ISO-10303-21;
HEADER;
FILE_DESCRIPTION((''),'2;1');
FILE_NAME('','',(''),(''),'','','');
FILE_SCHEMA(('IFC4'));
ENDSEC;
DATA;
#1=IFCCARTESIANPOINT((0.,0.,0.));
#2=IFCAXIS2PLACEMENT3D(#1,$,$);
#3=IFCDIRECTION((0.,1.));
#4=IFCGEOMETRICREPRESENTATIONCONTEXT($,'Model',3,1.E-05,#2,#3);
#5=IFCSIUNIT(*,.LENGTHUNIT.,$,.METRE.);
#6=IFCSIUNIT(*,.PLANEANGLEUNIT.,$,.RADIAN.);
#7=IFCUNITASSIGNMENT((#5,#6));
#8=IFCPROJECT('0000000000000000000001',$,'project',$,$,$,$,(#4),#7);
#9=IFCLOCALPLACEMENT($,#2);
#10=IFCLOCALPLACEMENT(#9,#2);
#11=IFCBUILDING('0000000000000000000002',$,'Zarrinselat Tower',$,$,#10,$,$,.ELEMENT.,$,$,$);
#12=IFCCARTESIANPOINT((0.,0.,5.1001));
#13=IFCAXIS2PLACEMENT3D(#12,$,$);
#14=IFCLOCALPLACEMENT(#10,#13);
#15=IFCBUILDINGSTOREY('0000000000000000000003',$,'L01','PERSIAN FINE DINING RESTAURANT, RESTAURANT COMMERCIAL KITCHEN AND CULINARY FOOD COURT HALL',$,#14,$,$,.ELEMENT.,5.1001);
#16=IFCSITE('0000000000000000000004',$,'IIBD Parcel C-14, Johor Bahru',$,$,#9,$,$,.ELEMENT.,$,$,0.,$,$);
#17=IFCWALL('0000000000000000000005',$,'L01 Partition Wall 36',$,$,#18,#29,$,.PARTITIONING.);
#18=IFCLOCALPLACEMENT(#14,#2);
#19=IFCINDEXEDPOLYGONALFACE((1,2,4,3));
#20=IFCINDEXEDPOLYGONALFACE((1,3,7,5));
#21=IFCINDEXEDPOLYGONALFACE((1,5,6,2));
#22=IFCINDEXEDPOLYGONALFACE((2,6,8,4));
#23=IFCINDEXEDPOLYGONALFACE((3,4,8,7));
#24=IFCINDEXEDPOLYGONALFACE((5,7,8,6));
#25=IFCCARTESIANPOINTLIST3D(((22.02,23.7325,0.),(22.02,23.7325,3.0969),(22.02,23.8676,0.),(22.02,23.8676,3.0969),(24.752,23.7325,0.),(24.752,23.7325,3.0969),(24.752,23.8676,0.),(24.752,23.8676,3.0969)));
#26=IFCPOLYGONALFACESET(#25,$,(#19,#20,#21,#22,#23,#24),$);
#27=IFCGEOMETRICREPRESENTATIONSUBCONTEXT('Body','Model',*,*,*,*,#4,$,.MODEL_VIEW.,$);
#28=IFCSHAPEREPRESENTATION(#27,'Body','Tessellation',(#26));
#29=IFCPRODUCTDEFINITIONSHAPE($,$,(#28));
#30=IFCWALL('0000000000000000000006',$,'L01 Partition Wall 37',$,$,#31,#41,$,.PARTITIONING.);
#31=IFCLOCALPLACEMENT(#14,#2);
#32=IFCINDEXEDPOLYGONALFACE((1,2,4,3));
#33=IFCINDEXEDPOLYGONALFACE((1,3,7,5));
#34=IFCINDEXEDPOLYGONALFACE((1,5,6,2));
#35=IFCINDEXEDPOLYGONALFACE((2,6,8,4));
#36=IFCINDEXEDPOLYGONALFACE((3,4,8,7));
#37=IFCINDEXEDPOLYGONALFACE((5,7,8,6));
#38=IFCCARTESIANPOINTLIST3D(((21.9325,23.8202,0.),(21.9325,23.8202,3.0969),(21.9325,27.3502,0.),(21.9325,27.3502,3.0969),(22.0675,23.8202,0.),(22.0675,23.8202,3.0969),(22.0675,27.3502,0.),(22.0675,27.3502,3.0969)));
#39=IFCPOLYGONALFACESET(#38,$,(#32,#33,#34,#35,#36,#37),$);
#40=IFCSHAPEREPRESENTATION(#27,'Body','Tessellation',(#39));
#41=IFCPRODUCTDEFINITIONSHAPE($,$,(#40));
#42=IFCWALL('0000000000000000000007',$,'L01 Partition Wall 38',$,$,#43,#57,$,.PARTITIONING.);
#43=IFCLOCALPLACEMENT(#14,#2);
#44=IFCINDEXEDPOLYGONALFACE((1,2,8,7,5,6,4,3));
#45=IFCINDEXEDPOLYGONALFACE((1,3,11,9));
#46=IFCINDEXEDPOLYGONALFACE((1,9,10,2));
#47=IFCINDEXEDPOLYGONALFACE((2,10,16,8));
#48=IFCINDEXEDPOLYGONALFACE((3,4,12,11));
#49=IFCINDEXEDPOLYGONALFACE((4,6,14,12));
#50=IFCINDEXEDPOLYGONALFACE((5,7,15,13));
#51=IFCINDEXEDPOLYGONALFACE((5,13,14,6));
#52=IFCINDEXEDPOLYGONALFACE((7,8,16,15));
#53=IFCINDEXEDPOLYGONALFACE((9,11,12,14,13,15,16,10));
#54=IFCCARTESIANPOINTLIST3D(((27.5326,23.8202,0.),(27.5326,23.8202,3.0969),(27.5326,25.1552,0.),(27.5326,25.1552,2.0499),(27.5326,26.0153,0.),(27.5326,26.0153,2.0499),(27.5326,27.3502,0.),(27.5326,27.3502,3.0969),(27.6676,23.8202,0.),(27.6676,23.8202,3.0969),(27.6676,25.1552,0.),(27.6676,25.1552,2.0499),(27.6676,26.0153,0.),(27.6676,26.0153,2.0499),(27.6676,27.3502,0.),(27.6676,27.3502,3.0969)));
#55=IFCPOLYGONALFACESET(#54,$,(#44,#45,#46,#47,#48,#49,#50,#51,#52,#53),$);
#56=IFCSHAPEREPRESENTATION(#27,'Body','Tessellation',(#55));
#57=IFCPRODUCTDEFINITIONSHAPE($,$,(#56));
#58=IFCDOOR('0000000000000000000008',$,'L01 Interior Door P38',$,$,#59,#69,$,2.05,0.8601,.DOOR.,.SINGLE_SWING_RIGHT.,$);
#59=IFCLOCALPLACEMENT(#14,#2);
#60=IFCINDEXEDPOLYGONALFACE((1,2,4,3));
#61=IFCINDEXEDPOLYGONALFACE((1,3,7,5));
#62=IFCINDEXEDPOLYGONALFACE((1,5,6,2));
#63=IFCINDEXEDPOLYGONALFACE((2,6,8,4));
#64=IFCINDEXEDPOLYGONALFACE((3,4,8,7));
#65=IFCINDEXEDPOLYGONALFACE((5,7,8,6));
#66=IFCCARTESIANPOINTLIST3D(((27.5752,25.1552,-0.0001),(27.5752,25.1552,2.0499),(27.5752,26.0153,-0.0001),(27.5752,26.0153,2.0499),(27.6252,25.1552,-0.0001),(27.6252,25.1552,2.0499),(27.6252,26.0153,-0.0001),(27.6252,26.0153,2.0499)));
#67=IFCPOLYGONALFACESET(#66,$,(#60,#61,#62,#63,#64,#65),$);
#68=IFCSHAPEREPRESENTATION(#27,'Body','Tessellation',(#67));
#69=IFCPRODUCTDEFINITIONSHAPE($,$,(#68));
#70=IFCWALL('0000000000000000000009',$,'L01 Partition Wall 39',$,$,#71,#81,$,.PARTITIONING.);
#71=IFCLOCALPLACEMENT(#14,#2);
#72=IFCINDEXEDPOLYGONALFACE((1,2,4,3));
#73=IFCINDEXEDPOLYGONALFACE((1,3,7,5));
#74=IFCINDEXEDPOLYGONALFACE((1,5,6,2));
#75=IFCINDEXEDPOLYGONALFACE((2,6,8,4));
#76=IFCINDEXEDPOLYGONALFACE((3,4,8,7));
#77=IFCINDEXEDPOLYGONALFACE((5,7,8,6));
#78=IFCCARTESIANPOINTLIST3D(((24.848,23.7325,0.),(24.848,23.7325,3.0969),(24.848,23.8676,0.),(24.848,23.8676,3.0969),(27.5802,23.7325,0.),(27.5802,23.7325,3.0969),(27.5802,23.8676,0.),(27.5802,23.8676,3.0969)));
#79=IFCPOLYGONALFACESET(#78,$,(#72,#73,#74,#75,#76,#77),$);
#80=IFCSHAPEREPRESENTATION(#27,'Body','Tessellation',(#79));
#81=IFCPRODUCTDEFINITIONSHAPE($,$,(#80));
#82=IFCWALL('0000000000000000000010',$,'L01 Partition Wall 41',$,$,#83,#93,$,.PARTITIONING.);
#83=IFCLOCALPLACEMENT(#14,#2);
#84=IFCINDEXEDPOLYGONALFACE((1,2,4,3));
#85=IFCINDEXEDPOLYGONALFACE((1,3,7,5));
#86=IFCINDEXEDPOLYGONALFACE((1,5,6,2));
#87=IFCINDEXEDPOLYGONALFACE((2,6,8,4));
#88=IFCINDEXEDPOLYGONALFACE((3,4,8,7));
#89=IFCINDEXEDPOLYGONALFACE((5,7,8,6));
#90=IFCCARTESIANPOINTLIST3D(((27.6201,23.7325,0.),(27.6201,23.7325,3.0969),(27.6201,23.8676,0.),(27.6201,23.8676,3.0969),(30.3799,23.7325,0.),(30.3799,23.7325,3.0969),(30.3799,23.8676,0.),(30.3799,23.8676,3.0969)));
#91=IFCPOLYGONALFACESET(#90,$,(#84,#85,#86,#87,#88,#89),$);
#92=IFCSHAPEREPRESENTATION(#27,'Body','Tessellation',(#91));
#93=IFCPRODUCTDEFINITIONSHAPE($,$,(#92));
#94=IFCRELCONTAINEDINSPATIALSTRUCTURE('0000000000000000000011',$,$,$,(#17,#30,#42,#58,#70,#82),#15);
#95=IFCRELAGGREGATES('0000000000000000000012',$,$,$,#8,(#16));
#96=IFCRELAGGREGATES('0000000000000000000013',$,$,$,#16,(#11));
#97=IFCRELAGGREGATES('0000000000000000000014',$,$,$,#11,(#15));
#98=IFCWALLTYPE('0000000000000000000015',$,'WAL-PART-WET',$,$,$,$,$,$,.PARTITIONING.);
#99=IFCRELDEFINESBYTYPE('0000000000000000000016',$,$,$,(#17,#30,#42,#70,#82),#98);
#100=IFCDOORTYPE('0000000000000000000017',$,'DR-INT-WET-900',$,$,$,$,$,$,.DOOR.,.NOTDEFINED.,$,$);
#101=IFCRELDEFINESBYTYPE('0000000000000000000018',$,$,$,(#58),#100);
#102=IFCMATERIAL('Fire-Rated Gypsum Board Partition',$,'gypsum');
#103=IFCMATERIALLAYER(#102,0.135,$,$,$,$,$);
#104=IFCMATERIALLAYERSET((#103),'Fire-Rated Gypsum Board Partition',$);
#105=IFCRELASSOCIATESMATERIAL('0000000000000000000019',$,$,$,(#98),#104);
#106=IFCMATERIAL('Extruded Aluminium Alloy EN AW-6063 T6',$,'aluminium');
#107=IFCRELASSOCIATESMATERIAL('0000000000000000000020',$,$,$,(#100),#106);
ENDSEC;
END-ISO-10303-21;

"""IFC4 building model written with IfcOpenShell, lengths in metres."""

from ifc_helpers import new_model, si_unit, direction, frame, frame_2d, origin, place, context, subcontext, project, spatial, rectangle, extrude, material, layer, layer_set, type_object, element, fill, save


model = new_model("IFC4")

# Units and contexts
model_context = context("Model", 3, precision=1e-05, world=origin(), true_north=direction((0.0, 1.0)))
body_context = subcontext(model_context, "Body", "Model", "MODEL_VIEW")
ifc_project = project(units=[si_unit("LENGTHUNIT", "METRE"), si_unit("PLANEANGLEUNIT", "RADIAN")], contexts=[model_context])

# Site, building, storey
site_placement = place(None, origin())
site = spatial("IfcSite", under=ifc_project, at=site_placement, Name="IIBD Parcel C-14, Johor Bahru", CompositionType="ELEMENT", RefElevation=0.0)
building_placement = place(site_placement, origin())
building = spatial("IfcBuilding", under=site, at=building_placement, Name="Zarrinselat Tower", CompositionType="ELEMENT")
storey_placement = place(building_placement, frame((0.0, 0.0, 5.1001)))
storey = spatial("IfcBuildingStorey", under=building, at=storey_placement, Name="L01", Description="PERSIAN FINE DINING RESTAURANT, RESTAURANT COMMERCIAL KITCHEN AND CULINARY FOOD COURT HALL", CompositionType="ELEMENT", Elevation=5.1001)

# Walls
ifc_material_1 = material(Name="Fire-Rated Gypsum Board Partition", Category="gypsum")
ifc_layer_1 = layer(ifc_material_1, 0.135)
ifc_layer_set_1 = layer_set([ifc_layer_1], Name="Fire-Rated Gypsum Board Partition")
wall_type_1 = type_object("IfcWallType", Name="WAL-PART-WET", PredefinedType="PARTITIONING", material=ifc_layer_set_1)
wall_1_placement = place(storey_placement, frame((22.02, 23.8, 0.0), z_axis=(0.0, 0.0, 1.0), x_axis=(1.0, 0.0, 0.0)))
element("IfcWall", 1, at=wall_1_placement, inside=storey, type_object=wall_type_1, Name="L01 Partition Wall 36", PredefinedType="PARTITIONING", context=body_context, shape_type="SweptSolid", body=[
    extrude(rectangle(XDim=2.7319, YDim=0.135, at=frame_2d((1.366, 0.0))), origin(), (0.0, 0.0, 1.0), 3.0969),
])
wall_2_placement = place(storey_placement, frame((22.0, 23.8201, 0.0), z_axis=(0.0, 0.0, 1.0), x_axis=(0.0, 1.0, 0.0)))
element("IfcWall", 2, at=wall_2_placement, inside=storey, type_object=wall_type_1, Name="L01 Partition Wall 37", PredefinedType="PARTITIONING", context=body_context, shape_type="SweptSolid", body=[
    extrude(rectangle(XDim=3.53, YDim=0.135, at=frame_2d((1.7651, 0.0))), origin(), (0.0, 0.0, 1.0), 3.0969),
])

# Wall, opening, door
wall_3_placement = place(storey_placement, frame((27.6001, 23.8201, 0.0), z_axis=(0.0, 0.0, 1.0), x_axis=(0.0, 1.0, 0.0)))
wall_3 = element("IfcWall", 3, at=wall_3_placement, inside=storey, type_object=wall_type_1, Name="L01 Partition Wall 38", PredefinedType="PARTITIONING", context=body_context, shape_type="SweptSolid", body=[
    extrude(rectangle(XDim=3.53, YDim=0.135, at=frame_2d((1.7651, 0.0))), origin(), (0.0, 0.0, 1.0), 3.0969),
])
opening_placement = place(wall_3_placement, frame((1.335, 0.0, 0.0)))
opening = element("IfcOpeningElement", 4, at=opening_placement, cuts=wall_3, PredefinedType="OPENING", context=body_context, shape_type="SweptSolid", body=[
    extrude(rectangle(XDim=0.8601, YDim=2.05, at=frame_2d((0.4302, 1.0249))), frame((0.0, 0.0774, 0.0), z_axis=(0.0, -1.0, 0.0), x_axis=(1.0, 0.0, 0.0)), (0.0, 0.0, 1.0), 0.155),
])
ifc_material_2 = material(Name="Extruded Aluminium Alloy EN AW-6063 T6", Category="aluminium")
door_type = type_object("IfcDoorType", Name="DR-INT-WET-900", OperationType="NOTDEFINED", PredefinedType="DOOR", material=ifc_material_2)
door_placement = place(opening_placement, origin())
door = element("IfcDoor", 5, at=door_placement, inside=storey, type_object=door_type, Name="L01 Interior Door P38", OperationType="SINGLE_SWING_RIGHT", OverallHeight=2.05, OverallWidth=0.8601, PredefinedType="DOOR", context=body_context, shape_type="SweptSolid", body=[
    extrude(rectangle(XDim=0.8601, YDim=2.05, at=frame_2d((0.4302, 1.0249))), frame((0.0, 0.0249, 0.0), z_axis=(0.0, -1.0, 0.0), x_axis=(1.0, 0.0, 0.0)), (0.0, 0.0, 1.0), 0.05),
])
fill(opening, door)

# Walls
wall_4_placement = place(storey_placement, frame((24.8479, 23.8, 0.0), z_axis=(0.0, 0.0, 1.0), x_axis=(1.0, 0.0, 0.0)))
element("IfcWall", 6, at=wall_4_placement, inside=storey, type_object=wall_type_1, Name="L01 Partition Wall 39", PredefinedType="PARTITIONING", context=body_context, shape_type="SweptSolid", body=[
    extrude(rectangle(XDim=2.7322, YDim=0.135, at=frame_2d((1.3662, 0.0))), origin(), (0.0, 0.0, 1.0), 3.0969),
])
wall_5_placement = place(storey_placement, frame((27.6201, 23.8, 0.0), z_axis=(0.0, 0.0, 1.0), x_axis=(1.0, 0.0, 0.0)))
element("IfcWall", 7, at=wall_5_placement, inside=storey, type_object=wall_type_1, Name="L01 Partition Wall 41", PredefinedType="PARTITIONING", context=body_context, shape_type="SweptSolid", body=[
    extrude(rectangle(XDim=2.7598, YDim=0.135, at=frame_2d((1.3799, 0.0))), origin(), (0.0, 0.0, 1.0), 3.0969),
])

save(model, "model.ifc")
